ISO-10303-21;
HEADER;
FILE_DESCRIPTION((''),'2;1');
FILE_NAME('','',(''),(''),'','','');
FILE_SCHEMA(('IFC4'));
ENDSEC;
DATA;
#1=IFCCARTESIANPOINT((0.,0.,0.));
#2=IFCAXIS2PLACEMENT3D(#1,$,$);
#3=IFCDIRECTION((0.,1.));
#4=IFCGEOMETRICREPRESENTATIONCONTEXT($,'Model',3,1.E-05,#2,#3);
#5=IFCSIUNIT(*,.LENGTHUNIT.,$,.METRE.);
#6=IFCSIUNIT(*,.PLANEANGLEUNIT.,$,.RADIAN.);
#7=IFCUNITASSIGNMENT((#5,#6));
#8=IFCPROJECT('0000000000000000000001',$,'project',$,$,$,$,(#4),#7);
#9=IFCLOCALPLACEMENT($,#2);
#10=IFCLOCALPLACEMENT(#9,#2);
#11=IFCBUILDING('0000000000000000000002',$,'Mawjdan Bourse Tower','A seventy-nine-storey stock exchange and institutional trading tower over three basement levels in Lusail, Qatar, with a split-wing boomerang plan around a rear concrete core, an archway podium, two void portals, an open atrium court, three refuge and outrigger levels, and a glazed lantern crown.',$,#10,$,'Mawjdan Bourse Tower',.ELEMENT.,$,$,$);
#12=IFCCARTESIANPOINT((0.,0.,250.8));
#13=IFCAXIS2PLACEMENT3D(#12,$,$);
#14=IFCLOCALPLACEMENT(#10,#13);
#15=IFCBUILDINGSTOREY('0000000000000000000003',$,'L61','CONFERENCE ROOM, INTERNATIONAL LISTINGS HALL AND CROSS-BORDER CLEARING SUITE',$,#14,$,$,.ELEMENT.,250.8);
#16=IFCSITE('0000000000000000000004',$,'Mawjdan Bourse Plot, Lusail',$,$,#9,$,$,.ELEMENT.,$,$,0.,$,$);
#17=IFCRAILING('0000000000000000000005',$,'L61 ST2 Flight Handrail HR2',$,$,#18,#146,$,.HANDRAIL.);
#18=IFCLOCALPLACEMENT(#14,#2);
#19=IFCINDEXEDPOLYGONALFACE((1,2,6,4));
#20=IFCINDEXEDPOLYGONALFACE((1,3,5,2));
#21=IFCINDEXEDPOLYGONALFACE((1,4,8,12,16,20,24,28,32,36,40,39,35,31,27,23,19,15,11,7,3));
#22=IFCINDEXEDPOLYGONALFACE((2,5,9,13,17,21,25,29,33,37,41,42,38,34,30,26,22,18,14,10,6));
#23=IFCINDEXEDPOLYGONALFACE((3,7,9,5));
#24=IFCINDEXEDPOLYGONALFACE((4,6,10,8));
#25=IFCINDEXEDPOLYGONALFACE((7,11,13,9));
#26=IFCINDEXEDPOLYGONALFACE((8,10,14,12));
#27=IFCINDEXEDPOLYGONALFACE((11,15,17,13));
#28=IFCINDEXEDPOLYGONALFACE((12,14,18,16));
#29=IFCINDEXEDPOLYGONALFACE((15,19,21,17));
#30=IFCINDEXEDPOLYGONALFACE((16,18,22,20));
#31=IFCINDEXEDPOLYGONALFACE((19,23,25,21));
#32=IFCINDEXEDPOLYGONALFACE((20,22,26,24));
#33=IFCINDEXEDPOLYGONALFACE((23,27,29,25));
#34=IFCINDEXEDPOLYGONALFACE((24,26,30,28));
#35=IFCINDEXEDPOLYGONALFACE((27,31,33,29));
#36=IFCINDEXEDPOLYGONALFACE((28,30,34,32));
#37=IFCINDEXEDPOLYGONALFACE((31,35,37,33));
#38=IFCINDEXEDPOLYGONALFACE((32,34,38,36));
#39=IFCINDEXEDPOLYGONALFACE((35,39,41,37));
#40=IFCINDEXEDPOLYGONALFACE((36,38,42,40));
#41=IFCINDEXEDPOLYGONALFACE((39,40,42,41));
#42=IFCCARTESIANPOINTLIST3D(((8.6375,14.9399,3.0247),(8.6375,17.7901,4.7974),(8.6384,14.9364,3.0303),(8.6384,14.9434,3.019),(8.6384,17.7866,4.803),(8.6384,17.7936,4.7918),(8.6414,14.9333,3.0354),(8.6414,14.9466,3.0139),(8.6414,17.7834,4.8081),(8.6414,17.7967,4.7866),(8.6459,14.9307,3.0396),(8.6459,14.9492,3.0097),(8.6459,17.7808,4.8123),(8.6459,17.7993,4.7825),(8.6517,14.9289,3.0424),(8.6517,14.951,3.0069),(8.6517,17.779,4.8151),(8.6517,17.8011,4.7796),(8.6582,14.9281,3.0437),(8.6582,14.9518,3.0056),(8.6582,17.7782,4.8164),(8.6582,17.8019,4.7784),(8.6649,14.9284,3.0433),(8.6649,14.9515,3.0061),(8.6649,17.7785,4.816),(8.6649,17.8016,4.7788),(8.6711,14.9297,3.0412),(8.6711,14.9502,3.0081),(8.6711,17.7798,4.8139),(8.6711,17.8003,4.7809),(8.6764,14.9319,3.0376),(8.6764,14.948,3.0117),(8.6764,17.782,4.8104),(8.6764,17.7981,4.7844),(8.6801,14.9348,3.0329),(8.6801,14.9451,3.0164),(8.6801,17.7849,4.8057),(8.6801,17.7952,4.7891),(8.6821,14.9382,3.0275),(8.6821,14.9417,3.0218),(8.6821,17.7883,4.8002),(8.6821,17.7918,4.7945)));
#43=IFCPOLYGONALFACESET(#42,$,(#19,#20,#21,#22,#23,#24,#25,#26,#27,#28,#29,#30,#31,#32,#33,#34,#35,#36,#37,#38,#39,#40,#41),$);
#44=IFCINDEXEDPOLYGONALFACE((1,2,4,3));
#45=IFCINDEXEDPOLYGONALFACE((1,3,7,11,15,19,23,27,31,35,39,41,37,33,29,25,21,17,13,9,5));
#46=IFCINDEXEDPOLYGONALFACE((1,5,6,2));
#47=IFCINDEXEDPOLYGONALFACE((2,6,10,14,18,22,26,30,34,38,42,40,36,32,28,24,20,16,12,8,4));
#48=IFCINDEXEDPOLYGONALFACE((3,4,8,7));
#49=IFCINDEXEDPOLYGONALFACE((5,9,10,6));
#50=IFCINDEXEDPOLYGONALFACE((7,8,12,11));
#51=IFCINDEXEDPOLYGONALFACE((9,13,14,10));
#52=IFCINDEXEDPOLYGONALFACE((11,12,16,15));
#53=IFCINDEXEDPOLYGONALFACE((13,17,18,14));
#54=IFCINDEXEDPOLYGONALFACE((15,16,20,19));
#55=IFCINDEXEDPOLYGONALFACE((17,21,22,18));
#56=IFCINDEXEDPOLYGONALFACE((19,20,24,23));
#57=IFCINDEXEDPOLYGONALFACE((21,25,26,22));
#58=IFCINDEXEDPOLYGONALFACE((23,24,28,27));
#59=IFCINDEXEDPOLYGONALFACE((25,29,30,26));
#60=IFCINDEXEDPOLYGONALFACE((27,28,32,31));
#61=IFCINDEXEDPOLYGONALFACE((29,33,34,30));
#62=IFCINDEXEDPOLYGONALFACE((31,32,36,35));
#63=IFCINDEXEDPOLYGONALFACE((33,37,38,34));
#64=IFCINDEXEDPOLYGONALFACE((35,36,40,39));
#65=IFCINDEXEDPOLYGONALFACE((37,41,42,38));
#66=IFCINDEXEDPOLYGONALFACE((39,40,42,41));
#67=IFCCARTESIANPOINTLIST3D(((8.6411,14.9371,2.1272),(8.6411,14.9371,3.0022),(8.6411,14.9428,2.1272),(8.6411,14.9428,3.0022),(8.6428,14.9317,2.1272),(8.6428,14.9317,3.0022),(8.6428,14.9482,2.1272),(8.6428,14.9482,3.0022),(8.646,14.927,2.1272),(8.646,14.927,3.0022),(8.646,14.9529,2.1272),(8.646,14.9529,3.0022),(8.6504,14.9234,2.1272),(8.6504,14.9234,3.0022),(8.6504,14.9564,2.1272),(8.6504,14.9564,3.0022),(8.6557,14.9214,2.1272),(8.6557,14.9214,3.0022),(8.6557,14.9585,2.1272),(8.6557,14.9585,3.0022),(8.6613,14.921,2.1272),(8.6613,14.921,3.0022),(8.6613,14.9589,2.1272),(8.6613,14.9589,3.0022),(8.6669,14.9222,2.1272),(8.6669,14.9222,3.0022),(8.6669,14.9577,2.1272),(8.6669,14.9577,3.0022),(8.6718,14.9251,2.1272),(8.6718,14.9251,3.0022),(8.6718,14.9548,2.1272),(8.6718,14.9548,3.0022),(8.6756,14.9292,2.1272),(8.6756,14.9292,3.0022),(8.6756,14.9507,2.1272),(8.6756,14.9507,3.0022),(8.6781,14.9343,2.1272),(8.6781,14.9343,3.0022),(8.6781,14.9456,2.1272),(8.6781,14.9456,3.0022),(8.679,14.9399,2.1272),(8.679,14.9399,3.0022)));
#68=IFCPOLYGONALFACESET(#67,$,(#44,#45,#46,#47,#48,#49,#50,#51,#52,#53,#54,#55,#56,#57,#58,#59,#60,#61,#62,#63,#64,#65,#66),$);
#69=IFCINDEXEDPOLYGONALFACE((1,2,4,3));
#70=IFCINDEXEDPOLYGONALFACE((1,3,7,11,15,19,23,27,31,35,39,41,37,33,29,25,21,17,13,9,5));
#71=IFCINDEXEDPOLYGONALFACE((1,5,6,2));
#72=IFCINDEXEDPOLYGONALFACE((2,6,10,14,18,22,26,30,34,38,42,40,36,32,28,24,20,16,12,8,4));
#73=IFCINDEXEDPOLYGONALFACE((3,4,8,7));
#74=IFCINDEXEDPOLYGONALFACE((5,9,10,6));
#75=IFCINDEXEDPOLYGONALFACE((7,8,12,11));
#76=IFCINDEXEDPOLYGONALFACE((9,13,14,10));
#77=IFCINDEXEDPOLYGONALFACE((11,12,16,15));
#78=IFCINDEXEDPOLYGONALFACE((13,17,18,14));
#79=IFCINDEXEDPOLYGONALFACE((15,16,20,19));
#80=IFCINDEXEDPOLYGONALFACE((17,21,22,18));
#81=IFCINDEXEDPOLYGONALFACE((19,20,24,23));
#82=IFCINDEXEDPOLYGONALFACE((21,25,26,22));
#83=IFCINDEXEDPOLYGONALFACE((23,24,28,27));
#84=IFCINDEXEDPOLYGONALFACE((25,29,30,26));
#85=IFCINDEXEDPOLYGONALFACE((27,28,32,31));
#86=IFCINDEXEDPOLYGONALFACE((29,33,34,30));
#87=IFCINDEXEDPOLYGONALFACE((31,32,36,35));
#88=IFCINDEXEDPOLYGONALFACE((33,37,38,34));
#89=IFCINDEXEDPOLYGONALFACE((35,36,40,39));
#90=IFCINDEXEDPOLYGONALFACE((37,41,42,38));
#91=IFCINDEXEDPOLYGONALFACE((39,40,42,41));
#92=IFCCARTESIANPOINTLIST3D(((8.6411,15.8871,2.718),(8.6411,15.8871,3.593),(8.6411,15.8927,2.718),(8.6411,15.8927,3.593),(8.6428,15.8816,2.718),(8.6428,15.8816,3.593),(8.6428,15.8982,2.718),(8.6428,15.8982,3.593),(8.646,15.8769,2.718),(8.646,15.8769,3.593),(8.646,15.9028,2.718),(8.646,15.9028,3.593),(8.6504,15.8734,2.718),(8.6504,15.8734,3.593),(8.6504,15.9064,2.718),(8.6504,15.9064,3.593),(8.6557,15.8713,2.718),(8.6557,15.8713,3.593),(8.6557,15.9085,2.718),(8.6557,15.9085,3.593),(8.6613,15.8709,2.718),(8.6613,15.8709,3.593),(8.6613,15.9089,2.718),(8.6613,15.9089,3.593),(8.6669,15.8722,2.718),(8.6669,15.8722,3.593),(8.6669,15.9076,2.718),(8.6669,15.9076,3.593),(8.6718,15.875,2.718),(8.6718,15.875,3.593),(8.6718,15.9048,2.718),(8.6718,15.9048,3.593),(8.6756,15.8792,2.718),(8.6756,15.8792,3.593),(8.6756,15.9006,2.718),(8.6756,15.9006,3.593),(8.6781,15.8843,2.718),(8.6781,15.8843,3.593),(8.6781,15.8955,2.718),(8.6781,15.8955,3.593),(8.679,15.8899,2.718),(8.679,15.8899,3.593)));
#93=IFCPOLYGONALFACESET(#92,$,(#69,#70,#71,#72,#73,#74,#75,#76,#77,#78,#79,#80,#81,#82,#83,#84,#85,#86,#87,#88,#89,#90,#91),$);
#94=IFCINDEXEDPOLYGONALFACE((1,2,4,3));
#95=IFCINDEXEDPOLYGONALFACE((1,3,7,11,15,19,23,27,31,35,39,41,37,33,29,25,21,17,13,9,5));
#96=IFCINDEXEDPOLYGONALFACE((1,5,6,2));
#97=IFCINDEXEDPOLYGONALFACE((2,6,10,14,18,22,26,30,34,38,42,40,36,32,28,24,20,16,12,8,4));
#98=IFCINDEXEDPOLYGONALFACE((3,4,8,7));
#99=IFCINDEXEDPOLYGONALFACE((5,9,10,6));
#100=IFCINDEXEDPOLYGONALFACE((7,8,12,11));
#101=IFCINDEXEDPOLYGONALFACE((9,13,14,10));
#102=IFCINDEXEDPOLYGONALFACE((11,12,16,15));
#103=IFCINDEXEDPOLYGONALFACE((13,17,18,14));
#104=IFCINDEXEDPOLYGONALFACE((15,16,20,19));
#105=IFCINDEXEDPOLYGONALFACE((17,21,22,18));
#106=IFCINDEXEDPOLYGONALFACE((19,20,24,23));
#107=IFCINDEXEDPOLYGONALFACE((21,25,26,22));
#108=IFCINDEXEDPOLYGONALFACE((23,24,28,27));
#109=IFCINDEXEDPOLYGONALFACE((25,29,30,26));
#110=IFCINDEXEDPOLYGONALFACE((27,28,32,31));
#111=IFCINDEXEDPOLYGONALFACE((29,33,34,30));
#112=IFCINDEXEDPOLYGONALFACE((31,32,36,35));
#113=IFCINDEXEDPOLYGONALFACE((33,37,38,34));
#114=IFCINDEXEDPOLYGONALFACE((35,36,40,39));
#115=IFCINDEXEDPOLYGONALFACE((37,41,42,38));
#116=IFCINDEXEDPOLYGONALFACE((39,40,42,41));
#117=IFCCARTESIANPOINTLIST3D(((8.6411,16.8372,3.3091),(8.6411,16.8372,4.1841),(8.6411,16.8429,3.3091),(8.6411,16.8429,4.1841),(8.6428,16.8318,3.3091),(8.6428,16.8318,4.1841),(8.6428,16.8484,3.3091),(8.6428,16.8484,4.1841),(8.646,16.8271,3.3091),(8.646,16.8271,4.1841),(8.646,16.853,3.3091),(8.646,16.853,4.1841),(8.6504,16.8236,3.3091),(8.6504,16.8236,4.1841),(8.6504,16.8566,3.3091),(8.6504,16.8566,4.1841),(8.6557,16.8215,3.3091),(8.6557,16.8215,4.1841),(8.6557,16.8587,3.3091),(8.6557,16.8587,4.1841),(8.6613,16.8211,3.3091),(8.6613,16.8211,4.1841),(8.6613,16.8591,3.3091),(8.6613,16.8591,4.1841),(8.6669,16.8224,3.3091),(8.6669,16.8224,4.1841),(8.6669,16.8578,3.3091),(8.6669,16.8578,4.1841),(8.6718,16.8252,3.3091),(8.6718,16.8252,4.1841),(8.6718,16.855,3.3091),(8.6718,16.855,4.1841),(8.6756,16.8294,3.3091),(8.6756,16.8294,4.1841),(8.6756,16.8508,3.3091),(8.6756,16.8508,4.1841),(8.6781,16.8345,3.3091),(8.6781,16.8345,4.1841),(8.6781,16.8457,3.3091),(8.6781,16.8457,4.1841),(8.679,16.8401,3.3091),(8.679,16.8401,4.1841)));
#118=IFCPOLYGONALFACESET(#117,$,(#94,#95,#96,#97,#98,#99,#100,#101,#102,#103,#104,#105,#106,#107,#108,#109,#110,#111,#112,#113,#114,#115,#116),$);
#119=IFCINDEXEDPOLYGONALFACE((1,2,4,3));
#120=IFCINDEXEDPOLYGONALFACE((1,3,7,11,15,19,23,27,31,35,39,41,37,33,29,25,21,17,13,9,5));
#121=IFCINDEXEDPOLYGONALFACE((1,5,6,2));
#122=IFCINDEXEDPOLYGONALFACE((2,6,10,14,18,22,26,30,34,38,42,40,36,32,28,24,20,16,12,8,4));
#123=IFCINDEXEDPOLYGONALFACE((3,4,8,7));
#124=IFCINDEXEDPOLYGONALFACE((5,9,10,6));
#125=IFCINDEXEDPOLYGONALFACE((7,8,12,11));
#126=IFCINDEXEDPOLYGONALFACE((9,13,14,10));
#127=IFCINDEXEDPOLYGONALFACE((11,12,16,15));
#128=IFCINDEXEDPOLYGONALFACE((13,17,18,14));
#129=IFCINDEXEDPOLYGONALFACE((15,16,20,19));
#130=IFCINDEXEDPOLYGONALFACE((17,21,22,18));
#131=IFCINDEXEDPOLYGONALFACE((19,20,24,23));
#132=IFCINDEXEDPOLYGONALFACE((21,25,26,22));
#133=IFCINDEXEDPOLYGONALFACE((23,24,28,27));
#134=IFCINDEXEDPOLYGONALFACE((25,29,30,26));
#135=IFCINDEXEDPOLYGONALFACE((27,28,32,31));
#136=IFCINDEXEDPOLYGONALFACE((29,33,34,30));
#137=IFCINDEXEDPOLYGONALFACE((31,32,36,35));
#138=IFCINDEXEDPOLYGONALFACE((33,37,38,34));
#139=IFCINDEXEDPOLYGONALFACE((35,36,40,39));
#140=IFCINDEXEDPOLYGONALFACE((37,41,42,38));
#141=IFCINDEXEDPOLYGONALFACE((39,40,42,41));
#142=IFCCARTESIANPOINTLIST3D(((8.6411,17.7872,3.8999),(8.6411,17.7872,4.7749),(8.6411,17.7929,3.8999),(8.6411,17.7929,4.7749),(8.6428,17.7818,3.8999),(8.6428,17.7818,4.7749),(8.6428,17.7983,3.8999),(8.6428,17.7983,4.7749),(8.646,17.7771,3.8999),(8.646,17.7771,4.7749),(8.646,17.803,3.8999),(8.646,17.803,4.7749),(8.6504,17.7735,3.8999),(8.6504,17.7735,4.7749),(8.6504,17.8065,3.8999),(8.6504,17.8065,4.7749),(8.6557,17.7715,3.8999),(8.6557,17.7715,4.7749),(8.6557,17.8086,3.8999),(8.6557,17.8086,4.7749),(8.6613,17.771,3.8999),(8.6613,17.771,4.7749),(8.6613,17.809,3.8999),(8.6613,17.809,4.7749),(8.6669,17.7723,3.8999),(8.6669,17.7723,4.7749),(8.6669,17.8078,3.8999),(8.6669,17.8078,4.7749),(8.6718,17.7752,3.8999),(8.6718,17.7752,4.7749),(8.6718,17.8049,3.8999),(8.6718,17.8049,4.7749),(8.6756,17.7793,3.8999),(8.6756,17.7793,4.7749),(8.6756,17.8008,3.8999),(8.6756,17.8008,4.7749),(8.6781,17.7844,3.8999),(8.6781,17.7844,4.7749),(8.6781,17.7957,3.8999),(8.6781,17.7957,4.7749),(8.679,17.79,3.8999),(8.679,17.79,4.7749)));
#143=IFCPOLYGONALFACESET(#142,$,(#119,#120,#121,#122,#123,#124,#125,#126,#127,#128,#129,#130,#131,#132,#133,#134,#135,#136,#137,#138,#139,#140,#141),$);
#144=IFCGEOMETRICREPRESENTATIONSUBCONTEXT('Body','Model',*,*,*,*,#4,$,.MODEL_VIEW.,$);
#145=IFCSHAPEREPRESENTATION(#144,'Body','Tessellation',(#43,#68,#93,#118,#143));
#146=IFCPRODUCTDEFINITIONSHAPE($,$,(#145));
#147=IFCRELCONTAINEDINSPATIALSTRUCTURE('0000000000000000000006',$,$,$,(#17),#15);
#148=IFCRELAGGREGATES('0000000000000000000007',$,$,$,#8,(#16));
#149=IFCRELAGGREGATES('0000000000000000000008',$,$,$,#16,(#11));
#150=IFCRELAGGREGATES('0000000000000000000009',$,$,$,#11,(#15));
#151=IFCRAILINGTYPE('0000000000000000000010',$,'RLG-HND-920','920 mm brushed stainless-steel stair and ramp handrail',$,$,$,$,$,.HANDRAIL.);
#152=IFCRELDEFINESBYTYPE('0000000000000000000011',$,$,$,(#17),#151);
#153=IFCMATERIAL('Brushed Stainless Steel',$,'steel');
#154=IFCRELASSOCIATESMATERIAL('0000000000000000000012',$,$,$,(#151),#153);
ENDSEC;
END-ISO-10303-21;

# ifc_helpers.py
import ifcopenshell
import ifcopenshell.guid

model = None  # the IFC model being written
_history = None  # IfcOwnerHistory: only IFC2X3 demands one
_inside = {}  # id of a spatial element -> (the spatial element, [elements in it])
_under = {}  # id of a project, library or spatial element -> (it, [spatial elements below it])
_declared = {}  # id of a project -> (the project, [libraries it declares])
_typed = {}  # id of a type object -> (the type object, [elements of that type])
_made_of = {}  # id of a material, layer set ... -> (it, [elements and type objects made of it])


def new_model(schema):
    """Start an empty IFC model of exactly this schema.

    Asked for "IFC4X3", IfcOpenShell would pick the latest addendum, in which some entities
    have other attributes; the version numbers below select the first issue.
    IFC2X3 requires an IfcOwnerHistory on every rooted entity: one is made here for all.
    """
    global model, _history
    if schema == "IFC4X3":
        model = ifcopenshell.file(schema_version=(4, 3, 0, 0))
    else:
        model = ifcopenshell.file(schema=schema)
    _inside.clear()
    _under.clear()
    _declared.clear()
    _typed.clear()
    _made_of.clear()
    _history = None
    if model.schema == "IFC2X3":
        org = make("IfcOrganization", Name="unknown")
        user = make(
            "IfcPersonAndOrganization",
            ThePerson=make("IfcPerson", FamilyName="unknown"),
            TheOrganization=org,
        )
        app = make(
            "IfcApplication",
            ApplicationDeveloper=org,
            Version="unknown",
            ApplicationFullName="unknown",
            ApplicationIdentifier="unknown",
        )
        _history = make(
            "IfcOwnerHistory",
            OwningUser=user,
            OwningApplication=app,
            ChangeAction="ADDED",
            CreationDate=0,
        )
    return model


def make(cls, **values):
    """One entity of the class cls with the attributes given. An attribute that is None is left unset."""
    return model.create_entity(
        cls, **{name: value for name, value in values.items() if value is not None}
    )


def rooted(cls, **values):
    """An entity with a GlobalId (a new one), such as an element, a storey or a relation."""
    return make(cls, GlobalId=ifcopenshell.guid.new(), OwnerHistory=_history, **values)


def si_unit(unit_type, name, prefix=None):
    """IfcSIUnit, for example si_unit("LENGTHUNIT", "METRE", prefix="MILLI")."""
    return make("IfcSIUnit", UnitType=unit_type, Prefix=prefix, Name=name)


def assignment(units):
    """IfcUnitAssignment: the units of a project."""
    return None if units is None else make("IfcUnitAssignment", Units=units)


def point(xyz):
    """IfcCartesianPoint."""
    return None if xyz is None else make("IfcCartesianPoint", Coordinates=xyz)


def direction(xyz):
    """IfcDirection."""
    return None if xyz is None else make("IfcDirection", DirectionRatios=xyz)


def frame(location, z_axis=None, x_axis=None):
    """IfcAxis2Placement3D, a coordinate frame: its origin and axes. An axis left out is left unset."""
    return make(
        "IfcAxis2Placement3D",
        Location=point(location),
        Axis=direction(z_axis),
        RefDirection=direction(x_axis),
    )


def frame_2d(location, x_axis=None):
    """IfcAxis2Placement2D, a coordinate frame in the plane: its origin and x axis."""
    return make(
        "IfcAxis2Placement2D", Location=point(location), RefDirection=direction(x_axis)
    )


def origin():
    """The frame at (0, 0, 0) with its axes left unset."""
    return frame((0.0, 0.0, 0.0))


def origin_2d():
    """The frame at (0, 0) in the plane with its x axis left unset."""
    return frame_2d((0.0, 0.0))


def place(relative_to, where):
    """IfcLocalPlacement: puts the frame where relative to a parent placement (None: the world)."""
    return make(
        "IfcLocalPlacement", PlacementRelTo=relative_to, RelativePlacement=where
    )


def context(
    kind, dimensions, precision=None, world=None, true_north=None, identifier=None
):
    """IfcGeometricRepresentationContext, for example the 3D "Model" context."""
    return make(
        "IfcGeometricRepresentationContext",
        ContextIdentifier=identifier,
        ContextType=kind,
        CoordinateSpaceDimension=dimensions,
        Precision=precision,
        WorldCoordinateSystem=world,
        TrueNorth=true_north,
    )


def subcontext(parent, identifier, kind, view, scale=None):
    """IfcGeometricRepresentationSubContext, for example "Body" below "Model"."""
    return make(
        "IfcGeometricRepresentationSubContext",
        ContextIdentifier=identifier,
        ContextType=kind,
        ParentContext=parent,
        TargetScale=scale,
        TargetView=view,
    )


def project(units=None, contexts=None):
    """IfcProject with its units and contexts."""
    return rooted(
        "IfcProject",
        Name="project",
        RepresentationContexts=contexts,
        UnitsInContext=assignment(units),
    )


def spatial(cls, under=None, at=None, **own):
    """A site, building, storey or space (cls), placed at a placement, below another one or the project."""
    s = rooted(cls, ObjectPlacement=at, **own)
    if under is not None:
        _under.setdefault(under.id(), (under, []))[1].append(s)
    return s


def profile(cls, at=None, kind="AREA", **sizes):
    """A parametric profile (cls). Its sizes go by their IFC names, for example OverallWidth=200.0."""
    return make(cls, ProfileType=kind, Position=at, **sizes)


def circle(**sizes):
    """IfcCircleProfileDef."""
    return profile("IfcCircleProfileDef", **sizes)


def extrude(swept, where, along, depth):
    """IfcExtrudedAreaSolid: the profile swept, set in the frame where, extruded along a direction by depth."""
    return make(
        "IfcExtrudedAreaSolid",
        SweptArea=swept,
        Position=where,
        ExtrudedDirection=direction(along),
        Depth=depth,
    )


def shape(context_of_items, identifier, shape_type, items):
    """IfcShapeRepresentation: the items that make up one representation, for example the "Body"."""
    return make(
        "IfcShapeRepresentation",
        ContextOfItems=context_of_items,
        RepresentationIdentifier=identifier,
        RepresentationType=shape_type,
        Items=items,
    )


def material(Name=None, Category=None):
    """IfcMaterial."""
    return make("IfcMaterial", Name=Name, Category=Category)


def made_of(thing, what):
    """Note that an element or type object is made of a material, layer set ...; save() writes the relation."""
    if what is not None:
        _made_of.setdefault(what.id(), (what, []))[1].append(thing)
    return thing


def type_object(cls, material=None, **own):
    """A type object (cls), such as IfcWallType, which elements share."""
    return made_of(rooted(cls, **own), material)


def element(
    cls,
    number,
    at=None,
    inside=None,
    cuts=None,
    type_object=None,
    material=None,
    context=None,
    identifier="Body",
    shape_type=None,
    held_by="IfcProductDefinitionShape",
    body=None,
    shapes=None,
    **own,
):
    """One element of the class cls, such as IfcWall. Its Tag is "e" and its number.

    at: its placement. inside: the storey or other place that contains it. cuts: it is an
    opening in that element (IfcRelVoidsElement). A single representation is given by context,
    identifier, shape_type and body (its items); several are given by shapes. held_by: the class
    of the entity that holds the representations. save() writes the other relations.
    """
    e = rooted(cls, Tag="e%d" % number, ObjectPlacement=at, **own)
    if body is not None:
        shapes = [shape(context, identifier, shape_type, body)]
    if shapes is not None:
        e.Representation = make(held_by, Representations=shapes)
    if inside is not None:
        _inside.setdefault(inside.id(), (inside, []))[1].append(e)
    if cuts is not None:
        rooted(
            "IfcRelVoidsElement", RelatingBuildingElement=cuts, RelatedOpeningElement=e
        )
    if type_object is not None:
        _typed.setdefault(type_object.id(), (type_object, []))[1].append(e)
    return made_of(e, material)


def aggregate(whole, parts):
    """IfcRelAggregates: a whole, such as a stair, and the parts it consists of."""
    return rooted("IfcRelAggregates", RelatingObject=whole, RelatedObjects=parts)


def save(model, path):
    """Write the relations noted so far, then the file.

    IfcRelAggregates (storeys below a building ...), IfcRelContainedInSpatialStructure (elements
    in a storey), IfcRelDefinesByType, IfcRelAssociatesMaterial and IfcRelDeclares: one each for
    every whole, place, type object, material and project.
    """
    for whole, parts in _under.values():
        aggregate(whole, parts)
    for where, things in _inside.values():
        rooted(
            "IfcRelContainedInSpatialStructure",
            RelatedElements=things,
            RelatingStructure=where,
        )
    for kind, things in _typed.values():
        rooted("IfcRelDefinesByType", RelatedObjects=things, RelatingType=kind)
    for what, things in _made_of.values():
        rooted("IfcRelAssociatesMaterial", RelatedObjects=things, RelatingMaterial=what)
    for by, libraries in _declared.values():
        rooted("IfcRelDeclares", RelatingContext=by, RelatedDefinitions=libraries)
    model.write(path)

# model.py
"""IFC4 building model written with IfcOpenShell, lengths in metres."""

from ifc_helpers import new_model, si_unit, direction, frame, origin, origin_2d, place, context, subcontext, project, spatial, circle, extrude, material, type_object, element, save


model = new_model("IFC4")

# Units and contexts
model_context = context("Model", 3, precision=1e-05, world=origin(), true_north=direction((0.0, 1.0)))
body_context = subcontext(model_context, "Body", "Model", "MODEL_VIEW")
ifc_project = project(units=[si_unit("LENGTHUNIT", "METRE"), si_unit("PLANEANGLEUNIT", "RADIAN")], contexts=[model_context])

# Site, building, storey
site_placement = place(None, origin())
site = spatial("IfcSite", under=ifc_project, at=site_placement, Name="Mawjdan Bourse Plot, Lusail", CompositionType="ELEMENT", RefElevation=0.0)
building_placement = place(site_placement, origin())
building = spatial("IfcBuilding", under=site, at=building_placement, Name="Mawjdan Bourse Tower", Description="A seventy-nine-storey stock exchange and institutional trading tower over three basement levels in Lusail, Qatar, with a split-wing boomerang plan around a rear concrete core, an archway podium, two void portals, an open atrium court, three refuge and outrigger levels, and a glazed lantern crown.", LongName="Mawjdan Bourse Tower", CompositionType="ELEMENT")
storey_placement = place(building_placement, frame((0.0, 0.0, 250.8)))
storey = spatial("IfcBuildingStorey", under=building, at=storey_placement, Name="L61", Description="CONFERENCE ROOM, INTERNATIONAL LISTINGS HALL AND CROSS-BORDER CLEARING SUITE", CompositionType="ELEMENT", Elevation=250.8)

# Railing
ifc_material_1 = material(Name="Brushed Stainless Steel", Category="steel")
railing_type_1 = type_object("IfcRailingType", Name="RLG-HND-920", Description="920 mm brushed stainless-steel stair and ramp handrail", PredefinedType="HANDRAIL", material=ifc_material_1)
for number, where, name in (
    (1, (8.6599, 14.9399, 2.1272), "L61 ST2 Flight Handrail HR2"),
):
    element("IfcRailing", number, at=place(storey_placement, frame(where)), inside=storey, type_object=railing_type_1, Name=name, PredefinedType="HANDRAIL", context=body_context, shape_type="SweptSolid", body=[
        extrude(circle(Radius=0.0225, at=origin_2d()), frame((0.0, 0.0, 0.8975), z_axis=(0.0, 0.849149, 0.528154), x_axis=(-1.0, 0.0, 0.0)), (0.0, 0.0, 1.0), 3.3564),
        extrude(circle(Radius=0.019, at=origin_2d()), origin(), (0.0, 0.0, 1.0), 0.875),
        extrude(circle(Radius=0.019, at=origin_2d()), frame((0.0, 0.95, 0.5908)), (0.0, 0.0, 1.0), 0.875),
        extrude(circle(Radius=0.019, at=origin_2d()), frame((0.0, 1.9001, 1.1819)), (0.0, 0.0, 1.0), 0.875),
        extrude(circle(Radius=0.019, at=origin_2d()), frame((0.0, 2.8501, 1.7727)), (0.0, 0.0, 1.0), 0.875),
    ])

save(model, "model.ifc")
